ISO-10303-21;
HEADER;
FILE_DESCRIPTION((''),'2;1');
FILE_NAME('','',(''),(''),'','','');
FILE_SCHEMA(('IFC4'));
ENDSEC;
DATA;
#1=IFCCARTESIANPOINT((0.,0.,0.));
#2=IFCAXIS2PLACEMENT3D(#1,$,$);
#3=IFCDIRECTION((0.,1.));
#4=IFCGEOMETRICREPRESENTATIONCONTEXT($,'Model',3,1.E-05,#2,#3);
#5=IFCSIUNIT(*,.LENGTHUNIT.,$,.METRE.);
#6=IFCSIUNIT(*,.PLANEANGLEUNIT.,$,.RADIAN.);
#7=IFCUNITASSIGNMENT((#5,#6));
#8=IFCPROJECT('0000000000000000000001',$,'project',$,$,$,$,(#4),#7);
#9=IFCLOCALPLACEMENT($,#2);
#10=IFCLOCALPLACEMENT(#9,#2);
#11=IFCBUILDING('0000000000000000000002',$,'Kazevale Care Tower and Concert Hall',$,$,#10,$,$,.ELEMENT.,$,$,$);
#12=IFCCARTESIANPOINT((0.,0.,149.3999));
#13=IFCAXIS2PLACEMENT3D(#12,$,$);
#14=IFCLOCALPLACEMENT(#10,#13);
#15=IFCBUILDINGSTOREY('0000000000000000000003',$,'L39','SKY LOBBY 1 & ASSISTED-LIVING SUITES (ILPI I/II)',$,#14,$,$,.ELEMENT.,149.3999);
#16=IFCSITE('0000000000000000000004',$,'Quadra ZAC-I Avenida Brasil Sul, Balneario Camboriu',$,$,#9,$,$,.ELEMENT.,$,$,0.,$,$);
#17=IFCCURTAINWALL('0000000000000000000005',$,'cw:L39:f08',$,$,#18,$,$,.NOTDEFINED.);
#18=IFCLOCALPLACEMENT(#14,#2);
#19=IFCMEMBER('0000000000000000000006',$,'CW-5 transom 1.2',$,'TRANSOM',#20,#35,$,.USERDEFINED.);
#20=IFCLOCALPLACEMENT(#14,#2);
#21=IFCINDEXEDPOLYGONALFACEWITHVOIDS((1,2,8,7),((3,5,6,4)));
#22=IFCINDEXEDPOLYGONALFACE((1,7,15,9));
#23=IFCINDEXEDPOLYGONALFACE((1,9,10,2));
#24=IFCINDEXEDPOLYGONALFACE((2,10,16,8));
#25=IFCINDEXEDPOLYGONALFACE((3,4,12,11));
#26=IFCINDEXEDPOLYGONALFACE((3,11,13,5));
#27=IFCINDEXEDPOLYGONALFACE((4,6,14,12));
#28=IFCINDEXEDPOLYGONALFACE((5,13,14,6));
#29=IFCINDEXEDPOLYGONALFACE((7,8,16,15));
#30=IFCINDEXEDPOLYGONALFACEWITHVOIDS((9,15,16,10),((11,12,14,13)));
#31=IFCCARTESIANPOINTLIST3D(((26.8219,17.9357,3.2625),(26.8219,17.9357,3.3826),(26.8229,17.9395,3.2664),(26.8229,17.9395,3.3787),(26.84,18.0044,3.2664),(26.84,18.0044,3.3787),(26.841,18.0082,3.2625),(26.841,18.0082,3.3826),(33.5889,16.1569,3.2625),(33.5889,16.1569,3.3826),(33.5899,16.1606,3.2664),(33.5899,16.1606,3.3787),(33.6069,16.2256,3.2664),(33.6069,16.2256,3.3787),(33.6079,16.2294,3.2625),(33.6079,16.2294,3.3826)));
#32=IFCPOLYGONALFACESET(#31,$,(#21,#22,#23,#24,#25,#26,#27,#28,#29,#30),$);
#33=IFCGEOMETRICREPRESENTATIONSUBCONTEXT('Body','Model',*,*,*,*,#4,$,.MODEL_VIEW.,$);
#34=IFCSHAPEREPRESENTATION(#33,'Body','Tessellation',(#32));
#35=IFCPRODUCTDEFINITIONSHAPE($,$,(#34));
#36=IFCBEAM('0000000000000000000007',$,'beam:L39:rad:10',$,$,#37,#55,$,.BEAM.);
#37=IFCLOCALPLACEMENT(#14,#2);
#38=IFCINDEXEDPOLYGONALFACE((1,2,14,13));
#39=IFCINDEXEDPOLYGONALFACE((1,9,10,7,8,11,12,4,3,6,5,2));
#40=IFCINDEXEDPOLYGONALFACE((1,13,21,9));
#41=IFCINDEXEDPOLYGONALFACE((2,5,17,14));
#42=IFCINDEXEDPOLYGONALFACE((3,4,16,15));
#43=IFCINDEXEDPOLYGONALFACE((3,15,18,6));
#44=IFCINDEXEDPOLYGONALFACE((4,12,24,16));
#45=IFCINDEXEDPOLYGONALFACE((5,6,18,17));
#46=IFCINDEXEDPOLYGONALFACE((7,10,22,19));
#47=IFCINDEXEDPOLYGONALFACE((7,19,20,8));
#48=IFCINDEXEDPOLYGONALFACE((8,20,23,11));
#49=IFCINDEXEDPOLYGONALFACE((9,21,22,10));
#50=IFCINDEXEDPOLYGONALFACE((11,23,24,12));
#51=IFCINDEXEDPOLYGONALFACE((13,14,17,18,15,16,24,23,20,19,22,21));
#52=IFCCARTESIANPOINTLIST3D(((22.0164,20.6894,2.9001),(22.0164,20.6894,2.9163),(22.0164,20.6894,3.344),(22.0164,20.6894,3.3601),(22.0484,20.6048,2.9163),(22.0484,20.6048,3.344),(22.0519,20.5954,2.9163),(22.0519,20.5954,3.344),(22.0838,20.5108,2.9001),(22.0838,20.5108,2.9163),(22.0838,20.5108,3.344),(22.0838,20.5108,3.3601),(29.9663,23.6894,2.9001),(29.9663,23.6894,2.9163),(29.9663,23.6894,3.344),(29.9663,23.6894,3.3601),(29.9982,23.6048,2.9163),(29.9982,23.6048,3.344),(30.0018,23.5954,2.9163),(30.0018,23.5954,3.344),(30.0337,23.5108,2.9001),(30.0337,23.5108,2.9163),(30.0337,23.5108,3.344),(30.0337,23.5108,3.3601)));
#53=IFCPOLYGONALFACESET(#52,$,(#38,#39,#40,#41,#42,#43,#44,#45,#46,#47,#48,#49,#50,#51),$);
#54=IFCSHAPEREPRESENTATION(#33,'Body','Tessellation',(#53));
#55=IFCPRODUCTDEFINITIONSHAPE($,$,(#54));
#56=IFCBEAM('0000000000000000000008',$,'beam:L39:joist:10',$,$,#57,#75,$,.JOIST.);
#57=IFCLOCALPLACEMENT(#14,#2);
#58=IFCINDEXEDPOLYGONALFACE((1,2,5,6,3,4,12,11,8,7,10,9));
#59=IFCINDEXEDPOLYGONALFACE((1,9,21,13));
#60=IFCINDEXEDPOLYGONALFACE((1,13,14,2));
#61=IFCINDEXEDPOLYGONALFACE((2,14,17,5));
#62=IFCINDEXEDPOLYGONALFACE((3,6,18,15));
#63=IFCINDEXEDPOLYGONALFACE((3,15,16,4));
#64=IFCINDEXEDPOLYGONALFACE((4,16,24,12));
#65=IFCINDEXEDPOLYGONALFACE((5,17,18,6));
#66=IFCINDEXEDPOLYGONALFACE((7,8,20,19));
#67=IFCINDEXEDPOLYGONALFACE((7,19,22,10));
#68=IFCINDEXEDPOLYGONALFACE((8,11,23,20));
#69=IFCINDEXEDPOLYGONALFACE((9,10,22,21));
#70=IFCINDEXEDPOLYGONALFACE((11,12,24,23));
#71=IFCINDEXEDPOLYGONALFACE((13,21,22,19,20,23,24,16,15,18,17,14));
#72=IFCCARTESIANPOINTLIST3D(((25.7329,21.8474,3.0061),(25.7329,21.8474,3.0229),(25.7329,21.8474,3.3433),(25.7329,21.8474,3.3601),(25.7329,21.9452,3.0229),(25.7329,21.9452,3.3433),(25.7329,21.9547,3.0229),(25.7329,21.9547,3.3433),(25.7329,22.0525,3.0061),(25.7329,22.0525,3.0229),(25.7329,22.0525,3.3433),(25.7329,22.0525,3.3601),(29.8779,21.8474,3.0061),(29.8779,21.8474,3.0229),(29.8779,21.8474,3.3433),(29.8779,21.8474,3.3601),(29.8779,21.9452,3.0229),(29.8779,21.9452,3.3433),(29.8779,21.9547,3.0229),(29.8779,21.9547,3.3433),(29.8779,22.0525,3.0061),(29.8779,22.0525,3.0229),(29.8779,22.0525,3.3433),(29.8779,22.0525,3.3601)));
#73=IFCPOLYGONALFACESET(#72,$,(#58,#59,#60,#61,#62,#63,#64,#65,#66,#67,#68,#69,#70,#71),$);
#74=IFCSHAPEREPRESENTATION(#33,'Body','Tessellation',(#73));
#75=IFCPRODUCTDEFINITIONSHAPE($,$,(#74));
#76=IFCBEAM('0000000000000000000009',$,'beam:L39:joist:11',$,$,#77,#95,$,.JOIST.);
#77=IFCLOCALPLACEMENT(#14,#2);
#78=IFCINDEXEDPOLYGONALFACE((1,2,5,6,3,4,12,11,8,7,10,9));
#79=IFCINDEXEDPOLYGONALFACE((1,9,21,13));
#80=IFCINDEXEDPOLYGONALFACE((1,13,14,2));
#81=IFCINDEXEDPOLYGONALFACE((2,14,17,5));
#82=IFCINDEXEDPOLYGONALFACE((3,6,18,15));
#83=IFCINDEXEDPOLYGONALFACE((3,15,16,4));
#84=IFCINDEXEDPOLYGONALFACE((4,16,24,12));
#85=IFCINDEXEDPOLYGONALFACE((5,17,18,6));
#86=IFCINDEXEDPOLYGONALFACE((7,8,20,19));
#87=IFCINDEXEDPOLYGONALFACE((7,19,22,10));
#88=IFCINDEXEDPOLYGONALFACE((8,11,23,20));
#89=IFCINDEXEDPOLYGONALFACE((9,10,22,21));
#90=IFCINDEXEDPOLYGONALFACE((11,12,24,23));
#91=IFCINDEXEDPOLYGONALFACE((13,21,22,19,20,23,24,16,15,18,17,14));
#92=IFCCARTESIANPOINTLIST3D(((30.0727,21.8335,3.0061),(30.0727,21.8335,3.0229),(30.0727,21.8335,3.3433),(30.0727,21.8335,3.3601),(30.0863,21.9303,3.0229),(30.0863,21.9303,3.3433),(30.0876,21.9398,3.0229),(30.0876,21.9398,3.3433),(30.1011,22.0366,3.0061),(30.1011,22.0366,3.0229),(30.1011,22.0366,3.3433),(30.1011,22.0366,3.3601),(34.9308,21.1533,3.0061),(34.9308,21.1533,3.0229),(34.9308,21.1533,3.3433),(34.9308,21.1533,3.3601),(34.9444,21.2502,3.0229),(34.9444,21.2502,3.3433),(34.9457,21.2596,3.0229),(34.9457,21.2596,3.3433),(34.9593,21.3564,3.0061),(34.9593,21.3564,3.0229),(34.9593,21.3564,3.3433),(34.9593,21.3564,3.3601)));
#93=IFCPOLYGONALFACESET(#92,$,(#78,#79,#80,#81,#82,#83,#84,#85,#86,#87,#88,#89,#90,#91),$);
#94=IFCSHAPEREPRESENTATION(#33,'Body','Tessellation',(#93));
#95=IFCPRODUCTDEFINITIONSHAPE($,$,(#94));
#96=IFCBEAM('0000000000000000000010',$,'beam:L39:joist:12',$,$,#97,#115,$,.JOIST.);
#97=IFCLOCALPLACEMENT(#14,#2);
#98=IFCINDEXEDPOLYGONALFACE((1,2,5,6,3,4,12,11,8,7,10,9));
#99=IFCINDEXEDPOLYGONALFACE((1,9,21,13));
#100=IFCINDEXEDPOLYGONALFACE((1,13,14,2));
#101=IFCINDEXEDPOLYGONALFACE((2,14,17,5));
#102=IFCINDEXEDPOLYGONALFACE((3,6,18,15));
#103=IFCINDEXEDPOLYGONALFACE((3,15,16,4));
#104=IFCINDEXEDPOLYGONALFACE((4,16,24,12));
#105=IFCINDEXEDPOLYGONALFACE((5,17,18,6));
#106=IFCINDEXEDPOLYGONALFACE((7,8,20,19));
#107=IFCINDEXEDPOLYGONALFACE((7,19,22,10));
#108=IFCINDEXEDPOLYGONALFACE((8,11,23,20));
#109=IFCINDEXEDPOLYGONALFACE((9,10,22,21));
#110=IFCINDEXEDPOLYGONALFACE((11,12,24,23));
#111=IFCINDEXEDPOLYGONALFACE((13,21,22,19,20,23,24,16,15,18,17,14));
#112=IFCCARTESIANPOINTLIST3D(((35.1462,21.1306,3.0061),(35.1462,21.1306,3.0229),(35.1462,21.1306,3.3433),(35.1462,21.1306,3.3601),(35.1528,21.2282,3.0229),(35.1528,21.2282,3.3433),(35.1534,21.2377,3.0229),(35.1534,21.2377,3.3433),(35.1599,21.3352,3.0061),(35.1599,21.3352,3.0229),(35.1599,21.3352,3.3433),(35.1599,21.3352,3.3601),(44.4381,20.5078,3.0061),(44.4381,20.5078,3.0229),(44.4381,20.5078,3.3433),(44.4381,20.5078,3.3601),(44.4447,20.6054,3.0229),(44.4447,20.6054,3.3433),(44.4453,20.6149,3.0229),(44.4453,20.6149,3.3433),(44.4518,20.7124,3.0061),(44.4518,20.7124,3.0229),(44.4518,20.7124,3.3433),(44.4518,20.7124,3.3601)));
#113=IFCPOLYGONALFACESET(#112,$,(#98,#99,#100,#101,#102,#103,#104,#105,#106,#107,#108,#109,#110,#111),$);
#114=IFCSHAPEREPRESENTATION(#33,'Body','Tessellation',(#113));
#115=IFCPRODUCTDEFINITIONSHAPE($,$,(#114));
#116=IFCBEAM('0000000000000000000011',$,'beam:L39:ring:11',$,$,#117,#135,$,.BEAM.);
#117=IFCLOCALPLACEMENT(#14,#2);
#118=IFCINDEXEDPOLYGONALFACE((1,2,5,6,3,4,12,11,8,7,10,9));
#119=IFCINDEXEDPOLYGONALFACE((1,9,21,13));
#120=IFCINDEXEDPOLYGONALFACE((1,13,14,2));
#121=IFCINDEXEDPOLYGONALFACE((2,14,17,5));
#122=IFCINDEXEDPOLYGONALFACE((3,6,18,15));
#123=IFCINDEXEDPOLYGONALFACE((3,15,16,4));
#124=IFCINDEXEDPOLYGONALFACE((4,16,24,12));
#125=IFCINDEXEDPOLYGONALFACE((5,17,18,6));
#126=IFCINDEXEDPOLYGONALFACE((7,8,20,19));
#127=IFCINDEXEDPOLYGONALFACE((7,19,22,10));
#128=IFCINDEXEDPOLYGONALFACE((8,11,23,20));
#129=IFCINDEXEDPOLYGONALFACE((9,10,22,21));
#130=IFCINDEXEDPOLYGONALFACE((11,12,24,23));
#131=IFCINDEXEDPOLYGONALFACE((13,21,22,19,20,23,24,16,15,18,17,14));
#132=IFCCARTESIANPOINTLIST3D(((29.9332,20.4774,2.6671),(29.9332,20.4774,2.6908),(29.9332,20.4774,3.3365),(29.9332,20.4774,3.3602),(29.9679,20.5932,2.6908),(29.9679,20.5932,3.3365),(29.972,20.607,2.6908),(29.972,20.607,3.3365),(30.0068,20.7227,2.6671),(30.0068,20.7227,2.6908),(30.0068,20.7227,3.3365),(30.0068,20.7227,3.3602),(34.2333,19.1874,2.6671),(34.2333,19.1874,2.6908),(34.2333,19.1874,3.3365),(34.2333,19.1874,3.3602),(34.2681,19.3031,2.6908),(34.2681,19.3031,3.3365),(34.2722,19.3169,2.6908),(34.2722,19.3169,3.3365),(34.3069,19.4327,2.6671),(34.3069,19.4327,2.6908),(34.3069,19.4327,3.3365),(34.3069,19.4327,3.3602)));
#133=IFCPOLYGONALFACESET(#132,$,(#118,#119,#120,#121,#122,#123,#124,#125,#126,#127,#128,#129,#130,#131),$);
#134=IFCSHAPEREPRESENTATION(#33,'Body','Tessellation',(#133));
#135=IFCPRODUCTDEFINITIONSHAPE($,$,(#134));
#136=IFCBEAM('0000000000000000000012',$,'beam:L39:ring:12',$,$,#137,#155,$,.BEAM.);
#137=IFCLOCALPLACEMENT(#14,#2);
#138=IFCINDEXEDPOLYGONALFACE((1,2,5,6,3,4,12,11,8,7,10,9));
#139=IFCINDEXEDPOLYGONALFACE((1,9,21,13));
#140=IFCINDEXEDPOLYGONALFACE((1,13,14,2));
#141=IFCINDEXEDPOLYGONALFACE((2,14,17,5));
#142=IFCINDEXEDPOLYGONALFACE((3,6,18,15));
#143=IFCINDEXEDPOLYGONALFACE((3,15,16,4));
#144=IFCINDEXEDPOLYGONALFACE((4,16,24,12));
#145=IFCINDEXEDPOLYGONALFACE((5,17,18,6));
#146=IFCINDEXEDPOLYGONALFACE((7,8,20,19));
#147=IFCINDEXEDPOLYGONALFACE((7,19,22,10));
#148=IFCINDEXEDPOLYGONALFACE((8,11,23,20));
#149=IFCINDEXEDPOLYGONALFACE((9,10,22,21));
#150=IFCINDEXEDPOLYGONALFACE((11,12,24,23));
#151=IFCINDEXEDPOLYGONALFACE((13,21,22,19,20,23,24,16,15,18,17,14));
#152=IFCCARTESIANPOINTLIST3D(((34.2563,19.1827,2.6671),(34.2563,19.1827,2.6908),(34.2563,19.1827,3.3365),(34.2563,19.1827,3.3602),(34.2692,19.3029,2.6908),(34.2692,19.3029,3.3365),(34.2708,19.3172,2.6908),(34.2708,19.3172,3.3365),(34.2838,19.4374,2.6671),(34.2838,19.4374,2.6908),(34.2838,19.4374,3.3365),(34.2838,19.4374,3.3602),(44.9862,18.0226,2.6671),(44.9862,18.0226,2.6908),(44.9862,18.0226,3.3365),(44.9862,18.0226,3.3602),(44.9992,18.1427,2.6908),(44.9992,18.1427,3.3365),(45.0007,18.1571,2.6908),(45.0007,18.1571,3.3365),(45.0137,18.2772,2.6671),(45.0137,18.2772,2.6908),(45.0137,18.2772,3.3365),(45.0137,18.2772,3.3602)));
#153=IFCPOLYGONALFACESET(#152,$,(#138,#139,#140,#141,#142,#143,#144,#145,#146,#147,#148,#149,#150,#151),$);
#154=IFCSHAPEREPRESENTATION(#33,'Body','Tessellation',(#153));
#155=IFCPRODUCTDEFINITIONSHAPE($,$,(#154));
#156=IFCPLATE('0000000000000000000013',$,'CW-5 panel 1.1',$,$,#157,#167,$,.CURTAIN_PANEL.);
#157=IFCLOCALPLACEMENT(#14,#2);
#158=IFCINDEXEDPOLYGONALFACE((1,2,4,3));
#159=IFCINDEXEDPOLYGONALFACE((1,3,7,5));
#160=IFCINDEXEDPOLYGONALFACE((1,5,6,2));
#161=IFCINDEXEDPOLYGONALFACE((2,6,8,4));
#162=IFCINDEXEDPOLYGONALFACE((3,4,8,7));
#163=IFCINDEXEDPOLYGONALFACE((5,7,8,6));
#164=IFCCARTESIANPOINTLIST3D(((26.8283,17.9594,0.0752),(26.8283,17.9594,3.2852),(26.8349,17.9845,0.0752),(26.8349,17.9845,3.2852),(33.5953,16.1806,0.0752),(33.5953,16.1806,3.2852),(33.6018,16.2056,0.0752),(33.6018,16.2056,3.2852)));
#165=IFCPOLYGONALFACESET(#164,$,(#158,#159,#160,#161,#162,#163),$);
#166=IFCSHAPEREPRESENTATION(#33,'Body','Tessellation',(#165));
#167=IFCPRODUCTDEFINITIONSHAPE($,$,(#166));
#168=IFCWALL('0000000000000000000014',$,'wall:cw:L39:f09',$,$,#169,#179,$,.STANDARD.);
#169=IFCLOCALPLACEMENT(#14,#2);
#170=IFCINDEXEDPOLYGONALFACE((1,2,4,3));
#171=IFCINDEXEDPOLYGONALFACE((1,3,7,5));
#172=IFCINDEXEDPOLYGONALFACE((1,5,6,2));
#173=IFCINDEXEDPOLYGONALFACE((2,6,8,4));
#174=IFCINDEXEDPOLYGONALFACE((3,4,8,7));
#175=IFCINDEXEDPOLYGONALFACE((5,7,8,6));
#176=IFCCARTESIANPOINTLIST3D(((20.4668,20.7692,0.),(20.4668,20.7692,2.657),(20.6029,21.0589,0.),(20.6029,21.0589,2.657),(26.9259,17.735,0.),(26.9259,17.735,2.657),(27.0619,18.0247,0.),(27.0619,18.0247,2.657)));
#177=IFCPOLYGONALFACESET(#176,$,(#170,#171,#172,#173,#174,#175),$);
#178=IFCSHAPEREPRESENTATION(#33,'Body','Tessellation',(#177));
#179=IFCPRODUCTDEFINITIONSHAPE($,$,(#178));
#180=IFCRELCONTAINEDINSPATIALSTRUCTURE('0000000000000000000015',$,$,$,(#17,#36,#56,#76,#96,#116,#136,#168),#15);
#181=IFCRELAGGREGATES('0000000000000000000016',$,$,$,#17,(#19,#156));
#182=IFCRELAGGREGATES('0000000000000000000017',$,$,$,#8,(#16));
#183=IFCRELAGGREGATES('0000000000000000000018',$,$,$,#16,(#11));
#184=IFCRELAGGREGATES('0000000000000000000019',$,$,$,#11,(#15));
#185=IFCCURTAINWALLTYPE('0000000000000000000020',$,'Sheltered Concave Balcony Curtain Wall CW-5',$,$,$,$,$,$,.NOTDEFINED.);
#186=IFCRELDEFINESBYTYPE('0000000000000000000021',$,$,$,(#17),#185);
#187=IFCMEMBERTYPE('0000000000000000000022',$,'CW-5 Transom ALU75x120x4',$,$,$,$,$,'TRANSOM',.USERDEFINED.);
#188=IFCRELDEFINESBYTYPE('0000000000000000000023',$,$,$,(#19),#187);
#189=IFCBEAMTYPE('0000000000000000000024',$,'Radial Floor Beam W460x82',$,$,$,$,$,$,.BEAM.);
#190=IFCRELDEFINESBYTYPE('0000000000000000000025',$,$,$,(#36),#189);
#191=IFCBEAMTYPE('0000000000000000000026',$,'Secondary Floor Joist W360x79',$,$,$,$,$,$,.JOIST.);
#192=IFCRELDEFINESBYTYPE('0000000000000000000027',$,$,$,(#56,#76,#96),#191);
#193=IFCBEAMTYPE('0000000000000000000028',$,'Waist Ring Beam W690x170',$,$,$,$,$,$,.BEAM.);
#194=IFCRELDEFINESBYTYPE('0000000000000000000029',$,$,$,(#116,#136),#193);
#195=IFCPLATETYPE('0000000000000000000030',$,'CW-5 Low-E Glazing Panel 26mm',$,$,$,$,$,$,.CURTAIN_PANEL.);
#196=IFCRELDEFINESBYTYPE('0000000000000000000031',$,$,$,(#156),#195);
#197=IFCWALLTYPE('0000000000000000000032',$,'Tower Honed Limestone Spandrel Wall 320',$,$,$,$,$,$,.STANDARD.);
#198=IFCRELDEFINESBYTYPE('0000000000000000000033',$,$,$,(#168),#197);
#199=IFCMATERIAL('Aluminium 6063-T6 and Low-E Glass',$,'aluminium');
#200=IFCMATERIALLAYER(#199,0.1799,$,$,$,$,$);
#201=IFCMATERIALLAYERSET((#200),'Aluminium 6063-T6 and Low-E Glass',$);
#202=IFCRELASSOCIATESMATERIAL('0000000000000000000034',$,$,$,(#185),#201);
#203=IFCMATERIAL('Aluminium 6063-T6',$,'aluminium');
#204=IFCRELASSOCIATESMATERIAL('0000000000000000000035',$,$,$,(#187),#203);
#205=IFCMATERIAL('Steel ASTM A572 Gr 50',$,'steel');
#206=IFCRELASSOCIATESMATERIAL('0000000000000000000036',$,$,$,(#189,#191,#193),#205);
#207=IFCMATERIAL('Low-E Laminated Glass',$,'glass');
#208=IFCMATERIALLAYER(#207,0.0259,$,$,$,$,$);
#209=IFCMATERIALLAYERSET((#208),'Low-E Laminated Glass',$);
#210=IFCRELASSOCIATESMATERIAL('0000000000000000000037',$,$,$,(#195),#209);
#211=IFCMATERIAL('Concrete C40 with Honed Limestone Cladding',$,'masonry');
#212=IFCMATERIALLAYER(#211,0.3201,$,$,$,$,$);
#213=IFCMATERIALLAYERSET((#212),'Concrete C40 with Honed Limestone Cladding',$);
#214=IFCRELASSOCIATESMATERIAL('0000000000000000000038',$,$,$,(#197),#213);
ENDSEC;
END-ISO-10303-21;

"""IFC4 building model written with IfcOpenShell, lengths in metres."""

from ifc_helpers import new_model, si_unit, direction, frame, frame_2d, origin, origin_2d, place, context, subcontext, project, spatial, rectangle, hollow_rectangle, i_section, extrude, material, layer, layer_set, material_profile, profile_set, type_object, element, aggregate, save


model = new_model("IFC4")

# Units and contexts
model_context = context("Model", 3, precision=1e-05, world=origin(), true_north=direction((0.0, 1.0)))
body_context = subcontext(model_context, "Body", "Model", "MODEL_VIEW")
ifc_project = project(units=[si_unit("LENGTHUNIT", "METRE"), si_unit("PLANEANGLEUNIT", "RADIAN")], contexts=[model_context])

# Site, building, storey
site_placement = place(None, origin())
site = spatial("IfcSite", under=ifc_project, at=site_placement, Name="Quadra ZAC-I Avenida Brasil Sul, Balneario Camboriu", CompositionType="ELEMENT", RefElevation=0.0)
building_placement = place(site_placement, origin())
building = spatial("IfcBuilding", under=site, at=building_placement, Name="Kazevale Care Tower and Concert Hall", CompositionType="ELEMENT")
storey_placement = place(building_placement, frame((0.0, 0.0, 149.3999)))
storey = spatial("IfcBuildingStorey", under=building, at=storey_placement, Name="L39", Description="SKY LOBBY 1 & ASSISTED-LIVING SUITES (ILPI I/II)", CompositionType="ELEMENT", Elevation=149.3999)

# Shared definitions
ifc_material_1 = material(Name="Aluminium 6063-T6 and Low-E Glass", Category="aluminium")
ifc_layer_1 = layer(ifc_material_1, 0.1799)
ifc_layer_set_1 = layer_set([ifc_layer_1], Name="Aluminium 6063-T6 and Low-E Glass")
curtain_wall_type = type_object("IfcCurtainWallType", Name="Sheltered Concave Balcony Curtain Wall CW-5", PredefinedType="NOTDEFINED", material=ifc_layer_set_1)
ifc_material_2 = material(Name="Aluminium 6063-T6", Category="aluminium")

# Curtain wall, member
curtain_wall_1_placement = place(storey_placement, origin())
curtain_wall_1 = element("IfcCurtainWall", 1, at=curtain_wall_1_placement, inside=storey, type_object=curtain_wall_type, Name="cw:L39:f08", PredefinedType="NOTDEFINED")
ifc_material_profile_1 = material_profile(ifc_material_2, hollow_rectangle(XDim=0.075, YDim=0.1201, WallThickness=0.0039, at=origin_2d()), Name="ALU75x120x4")
ifc_profile_set_1 = profile_set([ifc_material_profile_1], Name="Aluminium 6063-T6")
member_type_1 = type_object("IfcMemberType", Name="CW-5 Transom ALU75x120x4", ElementType="TRANSOM", PredefinedType="USERDEFINED", material=ifc_profile_set_1)
member_1_placement = place(storey_placement, frame((33.5984, 16.1931, 3.3225), z_axis=(-0.967143, 0.254234, 0.0), x_axis=(-0.254234, -0.967143, 0.0)))
member_1 = element("IfcMember", 2, at=member_1_placement, type_object=member_type_1, Name="CW-5 transom 1.2", ObjectType="TRANSOM", PredefinedType="USERDEFINED", context=body_context, shape_type="SweptSolid", body=[
    extrude(hollow_rectangle(XDim=0.075, YDim=0.1201, WallThickness=0.0039, at=origin_2d()), origin(), (0.0, 0.0, 1.0), 6.9968),
])

# Beams
ifc_material_3 = material(Name="Steel ASTM A572 Gr 50", Category="steel")
ifc_material_profile_2 = material_profile(ifc_material_3, i_section(OverallWidth=0.1909, OverallDepth=0.46, WebThickness=0.01, FlangeThickness=0.0161, at=origin_2d()), Name="W460x82")
ifc_profile_set_2 = profile_set([ifc_material_profile_2], Name="Steel ASTM A572 Gr 50")
beam_type_1 = type_object("IfcBeamType", Name="Radial Floor Beam W460x82", PredefinedType="BEAM", material=ifc_profile_set_2)
beam_1_placement = place(storey_placement, frame((30.0, 23.6001, 3.1301), z_axis=(-0.935601, -0.353059, 0.0), x_axis=(0.353059, -0.935601, 0.0)))
element("IfcBeam", 3, at=beam_1_placement, inside=storey, type_object=beam_type_1, Name="beam:L39:rad:10", PredefinedType="BEAM", context=body_context, shape_type="SweptSolid", body=[
    extrude(i_section(OverallWidth=0.1909, OverallDepth=0.46, WebThickness=0.01, FlangeThickness=0.0161, at=origin_2d()), origin(), (0.0, 0.0, 1.0), 8.4971),
])
ifc_material_profile_3 = material_profile(ifc_material_3, i_section(OverallWidth=0.2051, OverallDepth=0.354, WebThickness=0.0095, FlangeThickness=0.0168, at=origin_2d()), Name="W360x79")
ifc_profile_set_3 = profile_set([ifc_material_profile_3], Name="Steel ASTM A572 Gr 50")
beam_type_2 = type_object("IfcBeamType", Name="Secondary Floor Joist W360x79", PredefinedType="JOIST", material=ifc_profile_set_3)
beam_2_placement = place(storey_placement, frame((25.7329, 21.95, 3.1831), z_axis=(1.0, 0.0, 0.0), x_axis=(0.0, 1.0, 0.0)))
element("IfcBeam", 4, at=beam_2_placement, inside=storey, type_object=beam_type_2, Name="beam:L39:joist:10", PredefinedType="JOIST", context=body_context, shape_type="SweptSolid", body=[
    extrude(i_section(OverallWidth=0.2051, OverallDepth=0.354, WebThickness=0.0095, FlangeThickness=0.0168, at=origin_2d()), origin(), (0.0, 0.0, 1.0), 4.145),
])
beam_3_placement = place(storey_placement, frame((30.0869, 21.9351, 3.1831), z_axis=(0.990341, -0.138655, 0.0), x_axis=(0.138655, 0.990341, 0.0)))
element("IfcBeam", 5, at=beam_3_placement, inside=storey, type_object=beam_type_2, Name="beam:L39:joist:11", PredefinedType="JOIST", context=body_context, shape_type="SweptSolid", body=[
    extrude(i_section(OverallWidth=0.2051, OverallDepth=0.354, WebThickness=0.0095, FlangeThickness=0.0168, at=origin_2d()), origin(), (0.0, 0.0, 1.0), 4.9055),
])
beam_4_placement = place(storey_placement, frame((35.1531, 21.2329, 3.1831), z_axis=(0.997761, -0.066876, 0.0), x_axis=(0.066876, 0.997761, 0.0)))
element("IfcBeam", 6, at=beam_4_placement, inside=storey, type_object=beam_type_2, Name="beam:L39:joist:12", PredefinedType="JOIST", context=body_context, shape_type="SweptSolid", body=[
    extrude(i_section(OverallWidth=0.2051, OverallDepth=0.354, WebThickness=0.0095, FlangeThickness=0.0168, at=origin_2d()), origin(), (0.0, 0.0, 1.0), 9.3127),
])
ifc_material_profile_4 = material_profile(ifc_material_3, i_section(OverallWidth=0.2561, OverallDepth=0.6931, WebThickness=0.0144, FlangeThickness=0.0237, at=origin_2d()), Name="W690x170")
ifc_profile_set_4 = profile_set([ifc_material_profile_4], Name="Steel ASTM A572 Gr 50")
beam_type_3 = type_object("IfcBeamType", Name="Waist Ring Beam W690x170", PredefinedType="BEAM", material=ifc_profile_set_4)
beam_5_placement = place(storey_placement, frame((29.97, 20.6001, 3.0137), z_axis=(0.957825, -0.287353, 0.0), x_axis=(0.287353, 0.957825, 0.0)))
element("IfcBeam", 7, at=beam_5_placement, inside=storey, type_object=beam_type_3, Name="beam:L39:ring:11", PredefinedType="BEAM", context=body_context, shape_type="SweptSolid", body=[
    extrude(i_section(OverallWidth=0.2561, OverallDepth=0.6931, WebThickness=0.0144, FlangeThickness=0.0237, at=origin_2d()), origin(), (0.0, 0.0, 1.0), 4.4895),
])
beam_6_placement = place(storey_placement, frame((34.27, 19.3101, 3.0137), z_axis=(0.994205, -0.107496, 0.0), x_axis=(0.107496, 0.994205, 0.0)))
element("IfcBeam", 8, at=beam_6_placement, inside=storey, type_object=beam_type_3, Name="beam:L39:ring:12", PredefinedType="BEAM", context=body_context, shape_type="SweptSolid", body=[
    extrude(i_section(OverallWidth=0.2561, OverallDepth=0.6931, WebThickness=0.0144, FlangeThickness=0.0237, at=origin_2d()), origin(), (0.0, 0.0, 1.0), 10.7925),
])

# Plate
ifc_material_4 = material(Name="Low-E Laminated Glass", Category="glass")
ifc_layer_2 = layer(ifc_material_4, 0.0259)
ifc_layer_set_2 = layer_set([ifc_layer_2], Name="Low-E Laminated Glass")
plate_type = type_object("IfcPlateType", Name="CW-5 Low-E Glazing Panel 26mm", PredefinedType="CURTAIN_PANEL", material=ifc_layer_set_2)
plate_placement = place(storey_placement, frame((30.2151, 17.0825, 0.0752), z_axis=(0.0, 0.0, 1.0), x_axis=(-0.967142, 0.254238, 0.0)))
plate = element("IfcPlate", 9, at=plate_placement, type_object=plate_type, Name="CW-5 panel 1.1", PredefinedType="CURTAIN_PANEL", context=body_context, shape_type="SweptSolid", body=[
    extrude(rectangle(XDim=6.9968, YDim=0.0259, at=origin_2d()), origin(), (0.0, 0.0, 1.0), 3.21),
])
aggregate(curtain_wall_1, [member_1, plate])

# Wall
ifc_material_5 = material(Name="Concrete C40 with Honed Limestone Cladding", Category="masonry")
ifc_layer_3 = layer(ifc_material_5, 0.3201)
ifc_layer_set_3 = layer_set([ifc_layer_3], Name="Concrete C40 with Honed Limestone Cladding")
wall_type = type_object("IfcWallType", Name="Tower Honed Limestone Spandrel Wall 320", PredefinedType="STANDARD", material=ifc_layer_set_3)
wall_placement = place(storey_placement, frame((26.9939, 17.8799, 0.0), z_axis=(0.0, 0.0, 1.0), x_axis=(-0.905107, 0.425184, 0.0)))
element("IfcWall", 10, at=wall_placement, inside=storey, type_object=wall_type, Name="wall:cw:L39:f09", PredefinedType="STANDARD", context=body_context, shape_type="SweptSolid", body=[
    extrude(rectangle(XDim=7.1362, YDim=0.3201, at=frame_2d((3.5681, 0.0))), origin(), (0.0, 0.0, 1.0), 2.657),
])

save(model, "model.ifc")
